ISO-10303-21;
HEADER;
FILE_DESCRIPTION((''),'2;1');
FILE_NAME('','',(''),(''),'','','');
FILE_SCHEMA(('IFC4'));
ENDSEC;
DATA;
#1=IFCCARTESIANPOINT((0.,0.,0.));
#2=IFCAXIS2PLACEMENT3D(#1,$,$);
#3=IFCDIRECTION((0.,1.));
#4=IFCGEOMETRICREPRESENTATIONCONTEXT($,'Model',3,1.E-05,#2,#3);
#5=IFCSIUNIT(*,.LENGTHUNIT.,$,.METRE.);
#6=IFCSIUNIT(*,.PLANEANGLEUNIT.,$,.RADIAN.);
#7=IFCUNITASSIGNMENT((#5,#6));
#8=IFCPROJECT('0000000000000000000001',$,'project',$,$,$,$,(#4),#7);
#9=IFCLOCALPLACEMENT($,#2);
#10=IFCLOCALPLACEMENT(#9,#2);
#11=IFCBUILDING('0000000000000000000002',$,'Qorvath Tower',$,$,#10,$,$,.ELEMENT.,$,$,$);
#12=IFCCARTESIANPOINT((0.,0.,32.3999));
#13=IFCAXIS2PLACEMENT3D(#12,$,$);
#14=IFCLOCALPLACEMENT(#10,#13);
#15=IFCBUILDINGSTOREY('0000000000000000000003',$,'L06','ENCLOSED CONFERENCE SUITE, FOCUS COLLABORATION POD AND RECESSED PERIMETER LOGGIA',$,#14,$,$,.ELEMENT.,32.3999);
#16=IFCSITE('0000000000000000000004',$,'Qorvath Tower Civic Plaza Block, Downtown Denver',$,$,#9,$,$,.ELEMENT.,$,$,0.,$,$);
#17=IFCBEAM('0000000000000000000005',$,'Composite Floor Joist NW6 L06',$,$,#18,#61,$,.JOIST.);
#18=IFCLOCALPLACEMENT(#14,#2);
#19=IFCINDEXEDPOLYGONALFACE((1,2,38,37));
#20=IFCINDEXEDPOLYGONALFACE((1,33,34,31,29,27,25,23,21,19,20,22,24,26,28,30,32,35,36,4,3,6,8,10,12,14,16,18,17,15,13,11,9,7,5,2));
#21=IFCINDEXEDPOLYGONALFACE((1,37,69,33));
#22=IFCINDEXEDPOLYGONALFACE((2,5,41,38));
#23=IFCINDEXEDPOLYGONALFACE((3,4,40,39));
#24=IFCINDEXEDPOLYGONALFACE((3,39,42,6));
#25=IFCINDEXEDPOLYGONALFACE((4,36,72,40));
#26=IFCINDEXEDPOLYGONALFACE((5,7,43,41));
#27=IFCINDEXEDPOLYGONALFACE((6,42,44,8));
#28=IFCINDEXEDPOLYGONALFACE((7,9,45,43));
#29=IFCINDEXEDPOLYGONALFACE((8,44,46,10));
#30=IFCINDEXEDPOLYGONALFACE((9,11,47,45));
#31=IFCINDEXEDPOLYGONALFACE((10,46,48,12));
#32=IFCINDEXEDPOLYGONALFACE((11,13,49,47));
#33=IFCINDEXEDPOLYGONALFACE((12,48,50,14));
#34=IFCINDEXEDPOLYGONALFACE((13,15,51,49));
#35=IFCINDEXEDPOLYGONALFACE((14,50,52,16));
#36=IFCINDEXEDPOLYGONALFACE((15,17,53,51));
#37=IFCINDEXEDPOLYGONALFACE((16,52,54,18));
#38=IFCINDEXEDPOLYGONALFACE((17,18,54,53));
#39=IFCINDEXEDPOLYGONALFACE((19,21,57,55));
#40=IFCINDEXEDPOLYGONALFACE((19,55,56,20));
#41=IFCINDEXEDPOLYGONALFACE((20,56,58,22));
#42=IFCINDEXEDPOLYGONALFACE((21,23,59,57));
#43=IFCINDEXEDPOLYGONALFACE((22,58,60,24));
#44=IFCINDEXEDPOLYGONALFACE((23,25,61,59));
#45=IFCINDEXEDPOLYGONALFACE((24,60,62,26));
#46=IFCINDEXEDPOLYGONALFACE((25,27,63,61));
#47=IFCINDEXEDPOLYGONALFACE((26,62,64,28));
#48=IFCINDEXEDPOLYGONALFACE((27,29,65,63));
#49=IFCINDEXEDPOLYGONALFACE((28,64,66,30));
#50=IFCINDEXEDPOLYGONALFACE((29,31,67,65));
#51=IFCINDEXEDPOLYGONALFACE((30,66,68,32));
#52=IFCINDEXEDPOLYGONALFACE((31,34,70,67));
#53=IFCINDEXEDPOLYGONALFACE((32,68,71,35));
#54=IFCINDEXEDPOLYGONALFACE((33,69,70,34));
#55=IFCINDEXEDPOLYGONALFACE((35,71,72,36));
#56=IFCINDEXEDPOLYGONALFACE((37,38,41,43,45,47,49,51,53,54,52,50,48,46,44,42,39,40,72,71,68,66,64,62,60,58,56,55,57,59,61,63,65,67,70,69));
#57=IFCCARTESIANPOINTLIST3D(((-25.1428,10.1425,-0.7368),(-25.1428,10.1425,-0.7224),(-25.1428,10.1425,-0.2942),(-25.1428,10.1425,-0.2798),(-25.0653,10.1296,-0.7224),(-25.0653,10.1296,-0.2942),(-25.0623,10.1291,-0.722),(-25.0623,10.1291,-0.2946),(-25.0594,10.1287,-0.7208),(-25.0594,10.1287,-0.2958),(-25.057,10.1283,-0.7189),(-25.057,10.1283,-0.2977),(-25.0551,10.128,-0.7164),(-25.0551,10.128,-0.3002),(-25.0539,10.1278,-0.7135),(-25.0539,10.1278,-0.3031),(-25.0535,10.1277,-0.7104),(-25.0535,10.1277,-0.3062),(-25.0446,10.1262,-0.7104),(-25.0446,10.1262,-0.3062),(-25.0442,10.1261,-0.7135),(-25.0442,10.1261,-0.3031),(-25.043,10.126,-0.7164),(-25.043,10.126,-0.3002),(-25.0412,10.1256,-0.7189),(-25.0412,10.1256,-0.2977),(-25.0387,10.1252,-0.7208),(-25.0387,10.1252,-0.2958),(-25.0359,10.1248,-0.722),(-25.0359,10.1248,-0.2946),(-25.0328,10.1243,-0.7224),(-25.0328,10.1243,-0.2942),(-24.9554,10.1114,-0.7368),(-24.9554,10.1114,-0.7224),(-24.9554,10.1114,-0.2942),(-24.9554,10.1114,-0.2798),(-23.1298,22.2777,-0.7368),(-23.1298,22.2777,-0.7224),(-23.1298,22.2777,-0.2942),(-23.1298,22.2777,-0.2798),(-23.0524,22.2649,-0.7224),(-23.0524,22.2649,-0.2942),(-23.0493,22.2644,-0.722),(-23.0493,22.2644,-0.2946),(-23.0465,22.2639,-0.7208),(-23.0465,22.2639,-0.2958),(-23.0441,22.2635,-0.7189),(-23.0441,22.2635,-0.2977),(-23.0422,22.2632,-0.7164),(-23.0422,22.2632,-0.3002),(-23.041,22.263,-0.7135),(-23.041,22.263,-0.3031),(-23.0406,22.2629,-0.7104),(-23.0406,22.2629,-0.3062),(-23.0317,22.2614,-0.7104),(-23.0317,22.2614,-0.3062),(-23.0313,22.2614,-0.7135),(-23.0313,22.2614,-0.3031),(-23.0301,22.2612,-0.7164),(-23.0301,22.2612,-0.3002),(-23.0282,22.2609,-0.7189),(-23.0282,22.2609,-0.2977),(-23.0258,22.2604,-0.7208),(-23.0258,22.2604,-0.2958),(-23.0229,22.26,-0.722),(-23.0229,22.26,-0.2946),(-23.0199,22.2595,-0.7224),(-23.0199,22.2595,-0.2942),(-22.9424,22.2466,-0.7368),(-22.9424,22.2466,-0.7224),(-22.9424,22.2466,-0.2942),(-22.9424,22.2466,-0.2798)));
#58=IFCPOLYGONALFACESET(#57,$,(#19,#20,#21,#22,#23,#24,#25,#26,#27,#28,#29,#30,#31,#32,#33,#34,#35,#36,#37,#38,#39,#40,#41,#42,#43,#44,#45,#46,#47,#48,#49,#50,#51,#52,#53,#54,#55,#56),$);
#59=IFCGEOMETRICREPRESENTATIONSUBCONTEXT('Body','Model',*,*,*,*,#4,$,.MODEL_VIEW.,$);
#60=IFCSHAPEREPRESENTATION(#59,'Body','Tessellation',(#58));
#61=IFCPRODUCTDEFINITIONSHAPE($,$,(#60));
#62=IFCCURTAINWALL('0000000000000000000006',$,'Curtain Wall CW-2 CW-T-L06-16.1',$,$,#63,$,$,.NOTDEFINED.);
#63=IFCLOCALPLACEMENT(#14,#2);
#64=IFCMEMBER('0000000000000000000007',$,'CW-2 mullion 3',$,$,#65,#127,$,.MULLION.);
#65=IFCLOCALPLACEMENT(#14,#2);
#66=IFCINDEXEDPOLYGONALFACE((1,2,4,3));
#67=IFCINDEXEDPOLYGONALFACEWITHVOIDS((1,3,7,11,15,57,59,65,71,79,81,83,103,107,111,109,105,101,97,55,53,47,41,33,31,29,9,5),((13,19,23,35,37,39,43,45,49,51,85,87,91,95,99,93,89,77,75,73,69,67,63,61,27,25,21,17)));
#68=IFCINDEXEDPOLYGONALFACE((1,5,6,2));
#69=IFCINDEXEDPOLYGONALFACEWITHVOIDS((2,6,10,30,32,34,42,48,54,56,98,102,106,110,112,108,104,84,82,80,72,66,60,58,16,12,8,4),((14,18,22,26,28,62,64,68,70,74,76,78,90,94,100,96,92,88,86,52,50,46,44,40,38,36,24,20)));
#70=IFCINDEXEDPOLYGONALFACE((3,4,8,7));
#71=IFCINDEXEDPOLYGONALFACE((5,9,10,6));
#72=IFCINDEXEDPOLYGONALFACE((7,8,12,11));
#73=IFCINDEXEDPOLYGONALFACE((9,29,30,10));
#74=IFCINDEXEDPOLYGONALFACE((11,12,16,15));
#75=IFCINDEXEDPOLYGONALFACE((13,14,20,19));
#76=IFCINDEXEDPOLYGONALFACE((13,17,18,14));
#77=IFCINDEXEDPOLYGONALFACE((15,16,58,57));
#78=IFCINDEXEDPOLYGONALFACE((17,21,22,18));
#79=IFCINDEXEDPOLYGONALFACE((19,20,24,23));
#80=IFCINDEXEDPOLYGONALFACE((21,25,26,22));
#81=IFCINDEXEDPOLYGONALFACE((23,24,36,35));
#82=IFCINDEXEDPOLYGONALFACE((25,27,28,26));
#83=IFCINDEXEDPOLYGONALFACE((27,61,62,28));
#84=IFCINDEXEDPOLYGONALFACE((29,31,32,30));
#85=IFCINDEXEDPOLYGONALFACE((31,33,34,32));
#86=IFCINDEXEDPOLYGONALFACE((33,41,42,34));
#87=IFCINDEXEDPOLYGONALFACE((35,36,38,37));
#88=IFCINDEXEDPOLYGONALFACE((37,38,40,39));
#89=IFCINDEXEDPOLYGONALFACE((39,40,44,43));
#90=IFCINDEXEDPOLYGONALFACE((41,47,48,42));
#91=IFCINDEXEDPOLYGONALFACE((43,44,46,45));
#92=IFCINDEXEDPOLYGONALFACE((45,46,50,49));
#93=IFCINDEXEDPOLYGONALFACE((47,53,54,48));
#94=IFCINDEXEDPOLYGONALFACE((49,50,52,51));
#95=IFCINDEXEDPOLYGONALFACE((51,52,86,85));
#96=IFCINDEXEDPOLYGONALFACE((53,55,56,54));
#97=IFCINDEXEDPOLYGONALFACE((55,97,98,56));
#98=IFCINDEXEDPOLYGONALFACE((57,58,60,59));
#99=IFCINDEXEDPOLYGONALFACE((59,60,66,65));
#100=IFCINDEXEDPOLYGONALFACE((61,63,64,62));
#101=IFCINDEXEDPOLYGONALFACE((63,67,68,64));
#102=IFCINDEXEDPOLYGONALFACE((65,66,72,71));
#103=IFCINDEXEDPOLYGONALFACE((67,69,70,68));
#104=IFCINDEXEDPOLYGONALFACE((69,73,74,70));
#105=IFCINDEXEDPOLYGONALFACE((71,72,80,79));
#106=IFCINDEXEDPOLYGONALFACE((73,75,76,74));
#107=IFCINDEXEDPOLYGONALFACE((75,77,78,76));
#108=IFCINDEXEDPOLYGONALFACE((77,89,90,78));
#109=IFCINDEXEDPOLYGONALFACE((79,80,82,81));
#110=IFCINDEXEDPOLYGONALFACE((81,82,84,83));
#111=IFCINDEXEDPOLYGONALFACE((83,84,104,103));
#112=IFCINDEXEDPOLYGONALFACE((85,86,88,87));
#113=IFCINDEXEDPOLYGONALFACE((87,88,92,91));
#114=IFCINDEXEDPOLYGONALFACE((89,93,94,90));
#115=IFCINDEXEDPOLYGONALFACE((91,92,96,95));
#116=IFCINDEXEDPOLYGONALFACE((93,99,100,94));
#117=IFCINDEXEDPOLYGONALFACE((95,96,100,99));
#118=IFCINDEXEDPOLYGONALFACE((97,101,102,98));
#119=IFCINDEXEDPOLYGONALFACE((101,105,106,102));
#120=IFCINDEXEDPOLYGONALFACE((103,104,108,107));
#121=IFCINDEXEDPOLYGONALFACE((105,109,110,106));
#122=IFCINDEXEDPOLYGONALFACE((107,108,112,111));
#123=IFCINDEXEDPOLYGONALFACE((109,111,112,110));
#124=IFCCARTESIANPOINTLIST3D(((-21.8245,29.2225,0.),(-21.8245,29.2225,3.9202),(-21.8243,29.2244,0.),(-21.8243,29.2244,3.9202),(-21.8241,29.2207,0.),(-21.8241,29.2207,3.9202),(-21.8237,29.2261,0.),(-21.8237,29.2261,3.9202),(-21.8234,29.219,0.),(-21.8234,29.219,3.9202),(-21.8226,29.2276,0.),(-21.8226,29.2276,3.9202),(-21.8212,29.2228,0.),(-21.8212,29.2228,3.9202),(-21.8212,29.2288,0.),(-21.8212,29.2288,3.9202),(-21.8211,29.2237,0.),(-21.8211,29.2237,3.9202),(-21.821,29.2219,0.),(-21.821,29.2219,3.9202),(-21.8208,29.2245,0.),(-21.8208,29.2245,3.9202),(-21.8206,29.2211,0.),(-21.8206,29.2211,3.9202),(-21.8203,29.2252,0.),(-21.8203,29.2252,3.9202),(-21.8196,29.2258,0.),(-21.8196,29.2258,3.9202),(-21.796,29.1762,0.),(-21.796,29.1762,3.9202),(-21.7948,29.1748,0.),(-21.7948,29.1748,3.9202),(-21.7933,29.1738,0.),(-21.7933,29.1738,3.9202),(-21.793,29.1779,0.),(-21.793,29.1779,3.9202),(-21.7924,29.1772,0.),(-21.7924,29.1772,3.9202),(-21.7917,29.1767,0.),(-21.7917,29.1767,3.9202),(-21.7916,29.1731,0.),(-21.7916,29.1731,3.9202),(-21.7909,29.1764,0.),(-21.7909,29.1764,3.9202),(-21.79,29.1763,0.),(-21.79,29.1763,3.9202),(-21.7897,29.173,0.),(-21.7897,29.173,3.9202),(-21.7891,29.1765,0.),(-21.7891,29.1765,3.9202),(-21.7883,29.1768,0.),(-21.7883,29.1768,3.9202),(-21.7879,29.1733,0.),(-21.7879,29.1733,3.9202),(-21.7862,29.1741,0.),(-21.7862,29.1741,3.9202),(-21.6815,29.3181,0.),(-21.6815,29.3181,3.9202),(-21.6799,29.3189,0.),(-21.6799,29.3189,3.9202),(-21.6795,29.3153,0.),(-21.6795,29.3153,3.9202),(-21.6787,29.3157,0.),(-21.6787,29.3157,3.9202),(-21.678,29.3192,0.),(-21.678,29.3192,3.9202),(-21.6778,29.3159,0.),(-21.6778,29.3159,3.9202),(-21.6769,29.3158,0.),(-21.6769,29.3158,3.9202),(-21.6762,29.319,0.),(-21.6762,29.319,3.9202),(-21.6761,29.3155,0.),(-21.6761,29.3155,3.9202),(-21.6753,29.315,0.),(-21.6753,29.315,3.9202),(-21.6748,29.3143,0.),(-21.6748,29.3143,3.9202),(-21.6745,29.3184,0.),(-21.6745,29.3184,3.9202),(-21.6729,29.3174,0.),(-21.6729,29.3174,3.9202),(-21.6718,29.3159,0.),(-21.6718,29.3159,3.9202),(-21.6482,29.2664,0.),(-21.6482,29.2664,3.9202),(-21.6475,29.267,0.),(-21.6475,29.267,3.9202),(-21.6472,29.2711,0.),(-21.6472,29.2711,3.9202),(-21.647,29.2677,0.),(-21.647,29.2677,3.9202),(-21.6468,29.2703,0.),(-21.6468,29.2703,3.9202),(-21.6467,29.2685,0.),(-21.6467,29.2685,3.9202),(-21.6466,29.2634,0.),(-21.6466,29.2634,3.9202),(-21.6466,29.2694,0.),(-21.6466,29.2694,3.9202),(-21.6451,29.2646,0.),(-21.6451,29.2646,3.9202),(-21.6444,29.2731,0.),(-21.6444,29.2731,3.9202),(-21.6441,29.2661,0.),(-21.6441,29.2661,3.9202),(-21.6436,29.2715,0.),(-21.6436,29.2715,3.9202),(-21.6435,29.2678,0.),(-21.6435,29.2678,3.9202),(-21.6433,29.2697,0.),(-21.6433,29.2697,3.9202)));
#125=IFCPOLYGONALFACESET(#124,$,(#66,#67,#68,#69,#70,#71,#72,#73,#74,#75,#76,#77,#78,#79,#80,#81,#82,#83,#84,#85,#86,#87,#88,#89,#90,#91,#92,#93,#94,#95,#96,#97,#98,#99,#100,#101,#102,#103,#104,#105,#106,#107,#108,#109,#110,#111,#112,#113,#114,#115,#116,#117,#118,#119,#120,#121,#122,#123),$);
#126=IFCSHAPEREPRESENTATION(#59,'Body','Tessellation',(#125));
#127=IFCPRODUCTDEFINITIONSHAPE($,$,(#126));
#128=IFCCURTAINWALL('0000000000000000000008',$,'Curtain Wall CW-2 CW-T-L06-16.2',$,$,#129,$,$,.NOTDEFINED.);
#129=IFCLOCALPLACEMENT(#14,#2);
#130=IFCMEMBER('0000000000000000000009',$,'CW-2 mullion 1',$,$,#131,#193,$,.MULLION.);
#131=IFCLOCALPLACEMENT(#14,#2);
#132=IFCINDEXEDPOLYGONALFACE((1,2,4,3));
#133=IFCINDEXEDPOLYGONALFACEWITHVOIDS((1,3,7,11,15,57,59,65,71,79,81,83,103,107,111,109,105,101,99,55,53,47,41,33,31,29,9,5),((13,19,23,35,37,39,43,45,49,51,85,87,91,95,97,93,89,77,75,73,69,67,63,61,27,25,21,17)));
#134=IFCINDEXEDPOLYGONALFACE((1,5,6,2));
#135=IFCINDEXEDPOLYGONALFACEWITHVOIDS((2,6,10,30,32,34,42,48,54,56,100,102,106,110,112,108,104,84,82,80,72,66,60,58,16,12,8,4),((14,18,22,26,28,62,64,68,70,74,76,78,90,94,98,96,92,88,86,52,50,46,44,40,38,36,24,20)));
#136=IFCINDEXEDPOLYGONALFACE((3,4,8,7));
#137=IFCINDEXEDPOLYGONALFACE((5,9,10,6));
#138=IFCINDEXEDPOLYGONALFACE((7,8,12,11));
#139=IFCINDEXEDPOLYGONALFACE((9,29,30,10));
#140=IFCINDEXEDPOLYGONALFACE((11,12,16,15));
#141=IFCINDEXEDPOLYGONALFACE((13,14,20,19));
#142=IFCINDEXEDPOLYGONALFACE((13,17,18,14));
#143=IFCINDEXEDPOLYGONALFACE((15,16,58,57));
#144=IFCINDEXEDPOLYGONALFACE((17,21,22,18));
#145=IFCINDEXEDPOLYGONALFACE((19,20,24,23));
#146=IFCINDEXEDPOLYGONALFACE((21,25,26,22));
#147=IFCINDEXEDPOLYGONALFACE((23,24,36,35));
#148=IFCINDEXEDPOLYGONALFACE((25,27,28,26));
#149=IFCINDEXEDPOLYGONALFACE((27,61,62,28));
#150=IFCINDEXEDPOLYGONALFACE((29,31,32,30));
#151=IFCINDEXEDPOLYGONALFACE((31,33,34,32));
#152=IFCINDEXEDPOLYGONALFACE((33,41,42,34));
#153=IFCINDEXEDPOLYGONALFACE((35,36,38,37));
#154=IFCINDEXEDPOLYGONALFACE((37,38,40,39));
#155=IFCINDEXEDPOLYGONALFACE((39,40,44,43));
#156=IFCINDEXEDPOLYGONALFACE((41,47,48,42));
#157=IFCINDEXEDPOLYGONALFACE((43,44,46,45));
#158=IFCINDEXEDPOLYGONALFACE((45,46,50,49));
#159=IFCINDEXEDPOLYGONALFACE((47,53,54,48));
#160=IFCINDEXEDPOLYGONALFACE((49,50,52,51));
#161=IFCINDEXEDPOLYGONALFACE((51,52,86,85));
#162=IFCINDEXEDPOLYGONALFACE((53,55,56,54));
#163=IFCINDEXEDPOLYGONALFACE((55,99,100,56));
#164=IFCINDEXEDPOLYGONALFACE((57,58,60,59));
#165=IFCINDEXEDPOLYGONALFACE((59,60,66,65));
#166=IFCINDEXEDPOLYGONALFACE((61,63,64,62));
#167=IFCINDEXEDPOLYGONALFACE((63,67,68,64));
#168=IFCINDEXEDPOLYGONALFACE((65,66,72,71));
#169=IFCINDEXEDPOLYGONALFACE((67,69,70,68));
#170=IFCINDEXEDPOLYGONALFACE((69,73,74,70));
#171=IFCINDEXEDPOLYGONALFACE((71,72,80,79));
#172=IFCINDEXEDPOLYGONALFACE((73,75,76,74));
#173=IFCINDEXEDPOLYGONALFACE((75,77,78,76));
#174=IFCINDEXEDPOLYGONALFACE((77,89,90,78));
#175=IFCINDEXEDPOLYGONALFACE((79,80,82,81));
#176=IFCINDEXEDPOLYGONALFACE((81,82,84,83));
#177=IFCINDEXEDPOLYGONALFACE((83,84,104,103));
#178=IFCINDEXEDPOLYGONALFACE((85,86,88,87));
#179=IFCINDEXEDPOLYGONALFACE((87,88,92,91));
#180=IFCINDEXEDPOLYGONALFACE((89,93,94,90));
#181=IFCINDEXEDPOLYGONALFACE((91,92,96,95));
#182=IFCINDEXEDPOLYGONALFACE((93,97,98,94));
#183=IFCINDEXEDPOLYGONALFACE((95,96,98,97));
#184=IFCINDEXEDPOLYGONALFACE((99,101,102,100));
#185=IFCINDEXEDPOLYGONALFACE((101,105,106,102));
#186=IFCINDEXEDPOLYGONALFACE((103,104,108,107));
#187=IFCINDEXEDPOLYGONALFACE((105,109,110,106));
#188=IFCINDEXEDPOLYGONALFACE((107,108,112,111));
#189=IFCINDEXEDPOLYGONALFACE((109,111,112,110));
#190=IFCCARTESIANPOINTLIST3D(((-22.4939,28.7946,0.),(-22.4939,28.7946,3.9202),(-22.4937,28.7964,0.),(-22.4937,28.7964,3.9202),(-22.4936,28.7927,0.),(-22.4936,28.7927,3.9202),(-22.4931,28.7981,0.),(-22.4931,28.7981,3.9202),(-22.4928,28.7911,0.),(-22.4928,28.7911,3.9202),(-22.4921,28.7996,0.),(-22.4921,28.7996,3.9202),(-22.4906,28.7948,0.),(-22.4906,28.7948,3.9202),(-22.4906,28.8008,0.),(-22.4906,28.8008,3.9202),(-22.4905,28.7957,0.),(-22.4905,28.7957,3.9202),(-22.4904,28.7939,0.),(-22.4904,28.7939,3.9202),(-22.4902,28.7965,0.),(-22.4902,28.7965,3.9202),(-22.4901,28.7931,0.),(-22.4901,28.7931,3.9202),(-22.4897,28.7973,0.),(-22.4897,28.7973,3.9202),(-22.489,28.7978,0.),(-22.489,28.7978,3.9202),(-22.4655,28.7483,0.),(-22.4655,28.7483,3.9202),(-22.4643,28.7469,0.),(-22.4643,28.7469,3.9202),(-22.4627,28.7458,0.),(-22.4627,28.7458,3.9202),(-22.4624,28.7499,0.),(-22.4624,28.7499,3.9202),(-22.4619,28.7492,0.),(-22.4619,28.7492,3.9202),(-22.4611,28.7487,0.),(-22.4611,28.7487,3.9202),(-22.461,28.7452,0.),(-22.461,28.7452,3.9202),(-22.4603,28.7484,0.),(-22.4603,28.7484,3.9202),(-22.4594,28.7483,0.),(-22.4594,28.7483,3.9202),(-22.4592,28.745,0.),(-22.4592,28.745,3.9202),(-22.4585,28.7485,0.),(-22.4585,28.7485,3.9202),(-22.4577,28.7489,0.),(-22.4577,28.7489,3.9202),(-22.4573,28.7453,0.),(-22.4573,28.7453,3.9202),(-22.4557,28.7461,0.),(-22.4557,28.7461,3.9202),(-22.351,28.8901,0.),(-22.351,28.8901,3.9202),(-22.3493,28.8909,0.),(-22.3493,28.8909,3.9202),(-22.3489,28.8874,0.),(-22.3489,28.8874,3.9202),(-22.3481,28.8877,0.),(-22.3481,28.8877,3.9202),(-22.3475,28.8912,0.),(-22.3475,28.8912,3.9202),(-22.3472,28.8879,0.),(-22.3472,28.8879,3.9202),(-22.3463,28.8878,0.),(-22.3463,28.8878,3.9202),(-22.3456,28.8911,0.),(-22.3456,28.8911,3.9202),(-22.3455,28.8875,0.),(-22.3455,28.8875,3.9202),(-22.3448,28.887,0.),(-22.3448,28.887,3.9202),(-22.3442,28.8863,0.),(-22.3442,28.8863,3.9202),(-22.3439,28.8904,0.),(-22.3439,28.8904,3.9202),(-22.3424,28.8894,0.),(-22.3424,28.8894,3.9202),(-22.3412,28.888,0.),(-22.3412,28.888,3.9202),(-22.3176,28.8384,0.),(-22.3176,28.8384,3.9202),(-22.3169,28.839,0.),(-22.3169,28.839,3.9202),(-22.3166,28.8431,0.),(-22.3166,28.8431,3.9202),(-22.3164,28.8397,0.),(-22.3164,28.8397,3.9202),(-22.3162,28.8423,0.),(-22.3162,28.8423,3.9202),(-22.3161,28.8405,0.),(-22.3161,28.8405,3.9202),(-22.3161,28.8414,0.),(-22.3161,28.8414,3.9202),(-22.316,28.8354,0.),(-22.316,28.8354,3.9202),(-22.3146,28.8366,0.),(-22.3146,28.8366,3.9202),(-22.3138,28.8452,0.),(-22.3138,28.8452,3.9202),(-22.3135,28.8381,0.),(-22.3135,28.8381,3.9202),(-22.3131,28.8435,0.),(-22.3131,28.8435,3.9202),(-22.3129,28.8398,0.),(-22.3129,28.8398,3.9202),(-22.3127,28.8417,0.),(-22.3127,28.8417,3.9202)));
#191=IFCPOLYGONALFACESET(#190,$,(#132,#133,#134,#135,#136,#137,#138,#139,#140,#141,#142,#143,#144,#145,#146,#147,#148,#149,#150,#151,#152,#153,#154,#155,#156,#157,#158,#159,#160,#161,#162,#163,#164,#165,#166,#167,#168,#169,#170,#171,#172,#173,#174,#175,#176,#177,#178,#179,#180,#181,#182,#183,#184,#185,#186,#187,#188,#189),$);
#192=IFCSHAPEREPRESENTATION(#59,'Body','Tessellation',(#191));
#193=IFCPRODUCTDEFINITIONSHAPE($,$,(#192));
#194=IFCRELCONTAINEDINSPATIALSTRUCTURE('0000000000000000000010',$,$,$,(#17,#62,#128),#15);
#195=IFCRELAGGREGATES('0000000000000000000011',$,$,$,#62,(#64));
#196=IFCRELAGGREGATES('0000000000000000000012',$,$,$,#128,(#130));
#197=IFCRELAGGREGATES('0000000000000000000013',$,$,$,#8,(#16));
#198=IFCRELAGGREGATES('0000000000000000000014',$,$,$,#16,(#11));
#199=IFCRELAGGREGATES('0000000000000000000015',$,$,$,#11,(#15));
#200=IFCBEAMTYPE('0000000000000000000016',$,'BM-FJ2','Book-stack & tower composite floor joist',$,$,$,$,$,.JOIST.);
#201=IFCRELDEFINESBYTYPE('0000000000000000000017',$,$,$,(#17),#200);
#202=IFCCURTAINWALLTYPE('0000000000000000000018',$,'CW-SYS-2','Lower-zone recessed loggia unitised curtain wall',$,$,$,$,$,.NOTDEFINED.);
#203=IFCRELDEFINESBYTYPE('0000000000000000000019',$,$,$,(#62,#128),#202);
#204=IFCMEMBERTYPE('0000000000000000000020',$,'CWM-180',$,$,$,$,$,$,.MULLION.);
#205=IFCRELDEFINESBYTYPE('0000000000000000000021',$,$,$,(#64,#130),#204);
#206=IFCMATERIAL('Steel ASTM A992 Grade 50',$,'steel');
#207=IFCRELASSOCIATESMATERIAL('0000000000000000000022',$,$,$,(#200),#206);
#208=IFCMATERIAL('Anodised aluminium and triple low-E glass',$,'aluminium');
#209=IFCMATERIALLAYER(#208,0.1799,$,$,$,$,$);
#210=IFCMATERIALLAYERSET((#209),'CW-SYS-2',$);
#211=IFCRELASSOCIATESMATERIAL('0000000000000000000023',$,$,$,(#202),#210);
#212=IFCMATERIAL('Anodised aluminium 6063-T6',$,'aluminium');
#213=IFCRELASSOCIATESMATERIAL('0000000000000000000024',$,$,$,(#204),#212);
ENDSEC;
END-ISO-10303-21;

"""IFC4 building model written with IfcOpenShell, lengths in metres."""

from ifc_helpers import new_model, si_unit, direction, frame, origin, origin_2d, place, context, subcontext, project, spatial, hollow_rectangle, i_section, extrude, material, layer, layer_set, material_profile, profile_set, type_object, element, aggregate, save


model = new_model("IFC4")

# Units and contexts
model_context = context("Model", 3, precision=1e-05, world=origin(), true_north=direction((0.0, 1.0)))
body_context = subcontext(model_context, "Body", "Model", "MODEL_VIEW")
ifc_project = project(units=[si_unit("LENGTHUNIT", "METRE"), si_unit("PLANEANGLEUNIT", "RADIAN")], contexts=[model_context])

# Site, building, storey
site_placement = place(None, origin())
site = spatial("IfcSite", under=ifc_project, at=site_placement, Name="Qorvath Tower Civic Plaza Block, Downtown Denver", CompositionType="ELEMENT", RefElevation=0.0)
building_placement = place(site_placement, origin())
building = spatial("IfcBuilding", under=site, at=building_placement, Name="Qorvath Tower", CompositionType="ELEMENT")
storey_placement = place(building_placement, frame((0.0, 0.0, 32.3999)))
storey = spatial("IfcBuildingStorey", under=building, at=storey_placement, Name="L06", Description="ENCLOSED CONFERENCE SUITE, FOCUS COLLABORATION POD AND RECESSED PERIMETER LOGGIA", CompositionType="ELEMENT", Elevation=32.3999)

# Beam
ifc_material_1 = material(Name="Steel ASTM A992 Grade 50", Category="steel")
ifc_material_profile_1 = material_profile(ifc_material_1, i_section(OverallWidth=0.1899, OverallDepth=0.457, WebThickness=0.009, FlangeThickness=0.0144, FilletRadius=0.012, at=origin_2d()), Name="W18x50")
ifc_profile_set_1 = profile_set([ifc_material_profile_1], Name="Steel ASTM A992 Grade 50")
beam_type_1 = type_object("IfcBeamType", Name="BM-FJ2", Description="Book-stack & tower composite floor joist", PredefinedType="JOIST", material=ifc_profile_set_1)
beam_1_placement = place(storey_placement, frame((-25.0491, 10.127, -0.5083), z_axis=(0.163639, 0.98652, 0.0), x_axis=(-0.98652, 0.163639, 0.0)))
element("IfcBeam", 1, at=beam_1_placement, inside=storey, type_object=beam_type_1, Name="Composite Floor Joist NW6 L06", PredefinedType="JOIST", context=body_context, shape_type="SweptSolid", body=[
    extrude(i_section(OverallWidth=0.1899, OverallDepth=0.457, WebThickness=0.009, FlangeThickness=0.0144, FilletRadius=0.012, at=origin_2d()), origin(), (0.0, 0.0, 1.0), 12.301),
])

# Curtain wall, member
ifc_material_2 = material(Name="Anodised aluminium and triple low-E glass", Category="aluminium")
ifc_layer_1 = layer(ifc_material_2, 0.1799)
ifc_layer_set_1 = layer_set([ifc_layer_1], Name="CW-SYS-2")
curtain_wall_type = type_object("IfcCurtainWallType", Name="CW-SYS-2", Description="Lower-zone recessed loggia unitised curtain wall", PredefinedType="NOTDEFINED", material=ifc_layer_set_1)
curtain_wall_1_placement = place(storey_placement, origin())
curtain_wall_1 = element("IfcCurtainWall", 2, at=curtain_wall_1_placement, inside=storey, type_object=curtain_wall_type, Name="Curtain Wall CW-2 CW-T-L06-16.1", PredefinedType="NOTDEFINED")
ifc_material_3 = material(Name="Anodised aluminium 6063-T6", Category="aluminium")
ifc_material_profile_2 = material_profile(ifc_material_3, hollow_rectangle(XDim=0.0649, YDim=0.1799, WallThickness=0.0034, InnerFilletRadius=0.0034, OuterFilletRadius=0.0071, at=origin_2d()), Name="CWM 180x65")
ifc_profile_set_2 = profile_set([ifc_material_profile_2], Name="Anodised aluminium 6063-T6")
member_type_1 = type_object("IfcMemberType", Name="CWM-180", PredefinedType="MULLION", material=ifc_profile_set_2)
member_1_placement = place(storey_placement, frame((-21.7339, 29.2461, 0.0), z_axis=(0.0, 0.0, 1.0), x_axis=(0.538539, -0.842601, 0.0)))
member_1 = element("IfcMember", 3, at=member_1_placement, type_object=member_type_1, Name="CW-2 mullion 3", PredefinedType="MULLION", context=body_context, shape_type="SweptSolid", body=[
    extrude(hollow_rectangle(XDim=0.0649, YDim=0.1799, WallThickness=0.0034, InnerFilletRadius=0.0034, OuterFilletRadius=0.0071, at=origin_2d()), origin(), (0.0, 0.0, 1.0), 3.9202),
])
aggregate(curtain_wall_1, [member_1])

# Curtain wall, member
curtain_wall_2_placement = place(storey_placement, origin())
curtain_wall_2 = element("IfcCurtainWall", 4, at=curtain_wall_2_placement, inside=storey, type_object=curtain_wall_type, Name="Curtain Wall CW-2 CW-T-L06-16.2", PredefinedType="NOTDEFINED")
member_2_placement = place(storey_placement, frame((-22.4033, 28.8181, 0.0), z_axis=(0.0, 0.0, 1.0), x_axis=(0.538535, -0.842603, 0.0)))
member_2 = element("IfcMember", 5, at=member_2_placement, type_object=member_type_1, Name="CW-2 mullion 1", PredefinedType="MULLION", context=body_context, shape_type="SweptSolid", body=[
    extrude(hollow_rectangle(XDim=0.0649, YDim=0.1799, WallThickness=0.0034, InnerFilletRadius=0.0034, OuterFilletRadius=0.0071, at=origin_2d()), origin(), (0.0, 0.0, 1.0), 3.9202),
])
aggregate(curtain_wall_2, [member_2])

save(model, "model.ifc")
